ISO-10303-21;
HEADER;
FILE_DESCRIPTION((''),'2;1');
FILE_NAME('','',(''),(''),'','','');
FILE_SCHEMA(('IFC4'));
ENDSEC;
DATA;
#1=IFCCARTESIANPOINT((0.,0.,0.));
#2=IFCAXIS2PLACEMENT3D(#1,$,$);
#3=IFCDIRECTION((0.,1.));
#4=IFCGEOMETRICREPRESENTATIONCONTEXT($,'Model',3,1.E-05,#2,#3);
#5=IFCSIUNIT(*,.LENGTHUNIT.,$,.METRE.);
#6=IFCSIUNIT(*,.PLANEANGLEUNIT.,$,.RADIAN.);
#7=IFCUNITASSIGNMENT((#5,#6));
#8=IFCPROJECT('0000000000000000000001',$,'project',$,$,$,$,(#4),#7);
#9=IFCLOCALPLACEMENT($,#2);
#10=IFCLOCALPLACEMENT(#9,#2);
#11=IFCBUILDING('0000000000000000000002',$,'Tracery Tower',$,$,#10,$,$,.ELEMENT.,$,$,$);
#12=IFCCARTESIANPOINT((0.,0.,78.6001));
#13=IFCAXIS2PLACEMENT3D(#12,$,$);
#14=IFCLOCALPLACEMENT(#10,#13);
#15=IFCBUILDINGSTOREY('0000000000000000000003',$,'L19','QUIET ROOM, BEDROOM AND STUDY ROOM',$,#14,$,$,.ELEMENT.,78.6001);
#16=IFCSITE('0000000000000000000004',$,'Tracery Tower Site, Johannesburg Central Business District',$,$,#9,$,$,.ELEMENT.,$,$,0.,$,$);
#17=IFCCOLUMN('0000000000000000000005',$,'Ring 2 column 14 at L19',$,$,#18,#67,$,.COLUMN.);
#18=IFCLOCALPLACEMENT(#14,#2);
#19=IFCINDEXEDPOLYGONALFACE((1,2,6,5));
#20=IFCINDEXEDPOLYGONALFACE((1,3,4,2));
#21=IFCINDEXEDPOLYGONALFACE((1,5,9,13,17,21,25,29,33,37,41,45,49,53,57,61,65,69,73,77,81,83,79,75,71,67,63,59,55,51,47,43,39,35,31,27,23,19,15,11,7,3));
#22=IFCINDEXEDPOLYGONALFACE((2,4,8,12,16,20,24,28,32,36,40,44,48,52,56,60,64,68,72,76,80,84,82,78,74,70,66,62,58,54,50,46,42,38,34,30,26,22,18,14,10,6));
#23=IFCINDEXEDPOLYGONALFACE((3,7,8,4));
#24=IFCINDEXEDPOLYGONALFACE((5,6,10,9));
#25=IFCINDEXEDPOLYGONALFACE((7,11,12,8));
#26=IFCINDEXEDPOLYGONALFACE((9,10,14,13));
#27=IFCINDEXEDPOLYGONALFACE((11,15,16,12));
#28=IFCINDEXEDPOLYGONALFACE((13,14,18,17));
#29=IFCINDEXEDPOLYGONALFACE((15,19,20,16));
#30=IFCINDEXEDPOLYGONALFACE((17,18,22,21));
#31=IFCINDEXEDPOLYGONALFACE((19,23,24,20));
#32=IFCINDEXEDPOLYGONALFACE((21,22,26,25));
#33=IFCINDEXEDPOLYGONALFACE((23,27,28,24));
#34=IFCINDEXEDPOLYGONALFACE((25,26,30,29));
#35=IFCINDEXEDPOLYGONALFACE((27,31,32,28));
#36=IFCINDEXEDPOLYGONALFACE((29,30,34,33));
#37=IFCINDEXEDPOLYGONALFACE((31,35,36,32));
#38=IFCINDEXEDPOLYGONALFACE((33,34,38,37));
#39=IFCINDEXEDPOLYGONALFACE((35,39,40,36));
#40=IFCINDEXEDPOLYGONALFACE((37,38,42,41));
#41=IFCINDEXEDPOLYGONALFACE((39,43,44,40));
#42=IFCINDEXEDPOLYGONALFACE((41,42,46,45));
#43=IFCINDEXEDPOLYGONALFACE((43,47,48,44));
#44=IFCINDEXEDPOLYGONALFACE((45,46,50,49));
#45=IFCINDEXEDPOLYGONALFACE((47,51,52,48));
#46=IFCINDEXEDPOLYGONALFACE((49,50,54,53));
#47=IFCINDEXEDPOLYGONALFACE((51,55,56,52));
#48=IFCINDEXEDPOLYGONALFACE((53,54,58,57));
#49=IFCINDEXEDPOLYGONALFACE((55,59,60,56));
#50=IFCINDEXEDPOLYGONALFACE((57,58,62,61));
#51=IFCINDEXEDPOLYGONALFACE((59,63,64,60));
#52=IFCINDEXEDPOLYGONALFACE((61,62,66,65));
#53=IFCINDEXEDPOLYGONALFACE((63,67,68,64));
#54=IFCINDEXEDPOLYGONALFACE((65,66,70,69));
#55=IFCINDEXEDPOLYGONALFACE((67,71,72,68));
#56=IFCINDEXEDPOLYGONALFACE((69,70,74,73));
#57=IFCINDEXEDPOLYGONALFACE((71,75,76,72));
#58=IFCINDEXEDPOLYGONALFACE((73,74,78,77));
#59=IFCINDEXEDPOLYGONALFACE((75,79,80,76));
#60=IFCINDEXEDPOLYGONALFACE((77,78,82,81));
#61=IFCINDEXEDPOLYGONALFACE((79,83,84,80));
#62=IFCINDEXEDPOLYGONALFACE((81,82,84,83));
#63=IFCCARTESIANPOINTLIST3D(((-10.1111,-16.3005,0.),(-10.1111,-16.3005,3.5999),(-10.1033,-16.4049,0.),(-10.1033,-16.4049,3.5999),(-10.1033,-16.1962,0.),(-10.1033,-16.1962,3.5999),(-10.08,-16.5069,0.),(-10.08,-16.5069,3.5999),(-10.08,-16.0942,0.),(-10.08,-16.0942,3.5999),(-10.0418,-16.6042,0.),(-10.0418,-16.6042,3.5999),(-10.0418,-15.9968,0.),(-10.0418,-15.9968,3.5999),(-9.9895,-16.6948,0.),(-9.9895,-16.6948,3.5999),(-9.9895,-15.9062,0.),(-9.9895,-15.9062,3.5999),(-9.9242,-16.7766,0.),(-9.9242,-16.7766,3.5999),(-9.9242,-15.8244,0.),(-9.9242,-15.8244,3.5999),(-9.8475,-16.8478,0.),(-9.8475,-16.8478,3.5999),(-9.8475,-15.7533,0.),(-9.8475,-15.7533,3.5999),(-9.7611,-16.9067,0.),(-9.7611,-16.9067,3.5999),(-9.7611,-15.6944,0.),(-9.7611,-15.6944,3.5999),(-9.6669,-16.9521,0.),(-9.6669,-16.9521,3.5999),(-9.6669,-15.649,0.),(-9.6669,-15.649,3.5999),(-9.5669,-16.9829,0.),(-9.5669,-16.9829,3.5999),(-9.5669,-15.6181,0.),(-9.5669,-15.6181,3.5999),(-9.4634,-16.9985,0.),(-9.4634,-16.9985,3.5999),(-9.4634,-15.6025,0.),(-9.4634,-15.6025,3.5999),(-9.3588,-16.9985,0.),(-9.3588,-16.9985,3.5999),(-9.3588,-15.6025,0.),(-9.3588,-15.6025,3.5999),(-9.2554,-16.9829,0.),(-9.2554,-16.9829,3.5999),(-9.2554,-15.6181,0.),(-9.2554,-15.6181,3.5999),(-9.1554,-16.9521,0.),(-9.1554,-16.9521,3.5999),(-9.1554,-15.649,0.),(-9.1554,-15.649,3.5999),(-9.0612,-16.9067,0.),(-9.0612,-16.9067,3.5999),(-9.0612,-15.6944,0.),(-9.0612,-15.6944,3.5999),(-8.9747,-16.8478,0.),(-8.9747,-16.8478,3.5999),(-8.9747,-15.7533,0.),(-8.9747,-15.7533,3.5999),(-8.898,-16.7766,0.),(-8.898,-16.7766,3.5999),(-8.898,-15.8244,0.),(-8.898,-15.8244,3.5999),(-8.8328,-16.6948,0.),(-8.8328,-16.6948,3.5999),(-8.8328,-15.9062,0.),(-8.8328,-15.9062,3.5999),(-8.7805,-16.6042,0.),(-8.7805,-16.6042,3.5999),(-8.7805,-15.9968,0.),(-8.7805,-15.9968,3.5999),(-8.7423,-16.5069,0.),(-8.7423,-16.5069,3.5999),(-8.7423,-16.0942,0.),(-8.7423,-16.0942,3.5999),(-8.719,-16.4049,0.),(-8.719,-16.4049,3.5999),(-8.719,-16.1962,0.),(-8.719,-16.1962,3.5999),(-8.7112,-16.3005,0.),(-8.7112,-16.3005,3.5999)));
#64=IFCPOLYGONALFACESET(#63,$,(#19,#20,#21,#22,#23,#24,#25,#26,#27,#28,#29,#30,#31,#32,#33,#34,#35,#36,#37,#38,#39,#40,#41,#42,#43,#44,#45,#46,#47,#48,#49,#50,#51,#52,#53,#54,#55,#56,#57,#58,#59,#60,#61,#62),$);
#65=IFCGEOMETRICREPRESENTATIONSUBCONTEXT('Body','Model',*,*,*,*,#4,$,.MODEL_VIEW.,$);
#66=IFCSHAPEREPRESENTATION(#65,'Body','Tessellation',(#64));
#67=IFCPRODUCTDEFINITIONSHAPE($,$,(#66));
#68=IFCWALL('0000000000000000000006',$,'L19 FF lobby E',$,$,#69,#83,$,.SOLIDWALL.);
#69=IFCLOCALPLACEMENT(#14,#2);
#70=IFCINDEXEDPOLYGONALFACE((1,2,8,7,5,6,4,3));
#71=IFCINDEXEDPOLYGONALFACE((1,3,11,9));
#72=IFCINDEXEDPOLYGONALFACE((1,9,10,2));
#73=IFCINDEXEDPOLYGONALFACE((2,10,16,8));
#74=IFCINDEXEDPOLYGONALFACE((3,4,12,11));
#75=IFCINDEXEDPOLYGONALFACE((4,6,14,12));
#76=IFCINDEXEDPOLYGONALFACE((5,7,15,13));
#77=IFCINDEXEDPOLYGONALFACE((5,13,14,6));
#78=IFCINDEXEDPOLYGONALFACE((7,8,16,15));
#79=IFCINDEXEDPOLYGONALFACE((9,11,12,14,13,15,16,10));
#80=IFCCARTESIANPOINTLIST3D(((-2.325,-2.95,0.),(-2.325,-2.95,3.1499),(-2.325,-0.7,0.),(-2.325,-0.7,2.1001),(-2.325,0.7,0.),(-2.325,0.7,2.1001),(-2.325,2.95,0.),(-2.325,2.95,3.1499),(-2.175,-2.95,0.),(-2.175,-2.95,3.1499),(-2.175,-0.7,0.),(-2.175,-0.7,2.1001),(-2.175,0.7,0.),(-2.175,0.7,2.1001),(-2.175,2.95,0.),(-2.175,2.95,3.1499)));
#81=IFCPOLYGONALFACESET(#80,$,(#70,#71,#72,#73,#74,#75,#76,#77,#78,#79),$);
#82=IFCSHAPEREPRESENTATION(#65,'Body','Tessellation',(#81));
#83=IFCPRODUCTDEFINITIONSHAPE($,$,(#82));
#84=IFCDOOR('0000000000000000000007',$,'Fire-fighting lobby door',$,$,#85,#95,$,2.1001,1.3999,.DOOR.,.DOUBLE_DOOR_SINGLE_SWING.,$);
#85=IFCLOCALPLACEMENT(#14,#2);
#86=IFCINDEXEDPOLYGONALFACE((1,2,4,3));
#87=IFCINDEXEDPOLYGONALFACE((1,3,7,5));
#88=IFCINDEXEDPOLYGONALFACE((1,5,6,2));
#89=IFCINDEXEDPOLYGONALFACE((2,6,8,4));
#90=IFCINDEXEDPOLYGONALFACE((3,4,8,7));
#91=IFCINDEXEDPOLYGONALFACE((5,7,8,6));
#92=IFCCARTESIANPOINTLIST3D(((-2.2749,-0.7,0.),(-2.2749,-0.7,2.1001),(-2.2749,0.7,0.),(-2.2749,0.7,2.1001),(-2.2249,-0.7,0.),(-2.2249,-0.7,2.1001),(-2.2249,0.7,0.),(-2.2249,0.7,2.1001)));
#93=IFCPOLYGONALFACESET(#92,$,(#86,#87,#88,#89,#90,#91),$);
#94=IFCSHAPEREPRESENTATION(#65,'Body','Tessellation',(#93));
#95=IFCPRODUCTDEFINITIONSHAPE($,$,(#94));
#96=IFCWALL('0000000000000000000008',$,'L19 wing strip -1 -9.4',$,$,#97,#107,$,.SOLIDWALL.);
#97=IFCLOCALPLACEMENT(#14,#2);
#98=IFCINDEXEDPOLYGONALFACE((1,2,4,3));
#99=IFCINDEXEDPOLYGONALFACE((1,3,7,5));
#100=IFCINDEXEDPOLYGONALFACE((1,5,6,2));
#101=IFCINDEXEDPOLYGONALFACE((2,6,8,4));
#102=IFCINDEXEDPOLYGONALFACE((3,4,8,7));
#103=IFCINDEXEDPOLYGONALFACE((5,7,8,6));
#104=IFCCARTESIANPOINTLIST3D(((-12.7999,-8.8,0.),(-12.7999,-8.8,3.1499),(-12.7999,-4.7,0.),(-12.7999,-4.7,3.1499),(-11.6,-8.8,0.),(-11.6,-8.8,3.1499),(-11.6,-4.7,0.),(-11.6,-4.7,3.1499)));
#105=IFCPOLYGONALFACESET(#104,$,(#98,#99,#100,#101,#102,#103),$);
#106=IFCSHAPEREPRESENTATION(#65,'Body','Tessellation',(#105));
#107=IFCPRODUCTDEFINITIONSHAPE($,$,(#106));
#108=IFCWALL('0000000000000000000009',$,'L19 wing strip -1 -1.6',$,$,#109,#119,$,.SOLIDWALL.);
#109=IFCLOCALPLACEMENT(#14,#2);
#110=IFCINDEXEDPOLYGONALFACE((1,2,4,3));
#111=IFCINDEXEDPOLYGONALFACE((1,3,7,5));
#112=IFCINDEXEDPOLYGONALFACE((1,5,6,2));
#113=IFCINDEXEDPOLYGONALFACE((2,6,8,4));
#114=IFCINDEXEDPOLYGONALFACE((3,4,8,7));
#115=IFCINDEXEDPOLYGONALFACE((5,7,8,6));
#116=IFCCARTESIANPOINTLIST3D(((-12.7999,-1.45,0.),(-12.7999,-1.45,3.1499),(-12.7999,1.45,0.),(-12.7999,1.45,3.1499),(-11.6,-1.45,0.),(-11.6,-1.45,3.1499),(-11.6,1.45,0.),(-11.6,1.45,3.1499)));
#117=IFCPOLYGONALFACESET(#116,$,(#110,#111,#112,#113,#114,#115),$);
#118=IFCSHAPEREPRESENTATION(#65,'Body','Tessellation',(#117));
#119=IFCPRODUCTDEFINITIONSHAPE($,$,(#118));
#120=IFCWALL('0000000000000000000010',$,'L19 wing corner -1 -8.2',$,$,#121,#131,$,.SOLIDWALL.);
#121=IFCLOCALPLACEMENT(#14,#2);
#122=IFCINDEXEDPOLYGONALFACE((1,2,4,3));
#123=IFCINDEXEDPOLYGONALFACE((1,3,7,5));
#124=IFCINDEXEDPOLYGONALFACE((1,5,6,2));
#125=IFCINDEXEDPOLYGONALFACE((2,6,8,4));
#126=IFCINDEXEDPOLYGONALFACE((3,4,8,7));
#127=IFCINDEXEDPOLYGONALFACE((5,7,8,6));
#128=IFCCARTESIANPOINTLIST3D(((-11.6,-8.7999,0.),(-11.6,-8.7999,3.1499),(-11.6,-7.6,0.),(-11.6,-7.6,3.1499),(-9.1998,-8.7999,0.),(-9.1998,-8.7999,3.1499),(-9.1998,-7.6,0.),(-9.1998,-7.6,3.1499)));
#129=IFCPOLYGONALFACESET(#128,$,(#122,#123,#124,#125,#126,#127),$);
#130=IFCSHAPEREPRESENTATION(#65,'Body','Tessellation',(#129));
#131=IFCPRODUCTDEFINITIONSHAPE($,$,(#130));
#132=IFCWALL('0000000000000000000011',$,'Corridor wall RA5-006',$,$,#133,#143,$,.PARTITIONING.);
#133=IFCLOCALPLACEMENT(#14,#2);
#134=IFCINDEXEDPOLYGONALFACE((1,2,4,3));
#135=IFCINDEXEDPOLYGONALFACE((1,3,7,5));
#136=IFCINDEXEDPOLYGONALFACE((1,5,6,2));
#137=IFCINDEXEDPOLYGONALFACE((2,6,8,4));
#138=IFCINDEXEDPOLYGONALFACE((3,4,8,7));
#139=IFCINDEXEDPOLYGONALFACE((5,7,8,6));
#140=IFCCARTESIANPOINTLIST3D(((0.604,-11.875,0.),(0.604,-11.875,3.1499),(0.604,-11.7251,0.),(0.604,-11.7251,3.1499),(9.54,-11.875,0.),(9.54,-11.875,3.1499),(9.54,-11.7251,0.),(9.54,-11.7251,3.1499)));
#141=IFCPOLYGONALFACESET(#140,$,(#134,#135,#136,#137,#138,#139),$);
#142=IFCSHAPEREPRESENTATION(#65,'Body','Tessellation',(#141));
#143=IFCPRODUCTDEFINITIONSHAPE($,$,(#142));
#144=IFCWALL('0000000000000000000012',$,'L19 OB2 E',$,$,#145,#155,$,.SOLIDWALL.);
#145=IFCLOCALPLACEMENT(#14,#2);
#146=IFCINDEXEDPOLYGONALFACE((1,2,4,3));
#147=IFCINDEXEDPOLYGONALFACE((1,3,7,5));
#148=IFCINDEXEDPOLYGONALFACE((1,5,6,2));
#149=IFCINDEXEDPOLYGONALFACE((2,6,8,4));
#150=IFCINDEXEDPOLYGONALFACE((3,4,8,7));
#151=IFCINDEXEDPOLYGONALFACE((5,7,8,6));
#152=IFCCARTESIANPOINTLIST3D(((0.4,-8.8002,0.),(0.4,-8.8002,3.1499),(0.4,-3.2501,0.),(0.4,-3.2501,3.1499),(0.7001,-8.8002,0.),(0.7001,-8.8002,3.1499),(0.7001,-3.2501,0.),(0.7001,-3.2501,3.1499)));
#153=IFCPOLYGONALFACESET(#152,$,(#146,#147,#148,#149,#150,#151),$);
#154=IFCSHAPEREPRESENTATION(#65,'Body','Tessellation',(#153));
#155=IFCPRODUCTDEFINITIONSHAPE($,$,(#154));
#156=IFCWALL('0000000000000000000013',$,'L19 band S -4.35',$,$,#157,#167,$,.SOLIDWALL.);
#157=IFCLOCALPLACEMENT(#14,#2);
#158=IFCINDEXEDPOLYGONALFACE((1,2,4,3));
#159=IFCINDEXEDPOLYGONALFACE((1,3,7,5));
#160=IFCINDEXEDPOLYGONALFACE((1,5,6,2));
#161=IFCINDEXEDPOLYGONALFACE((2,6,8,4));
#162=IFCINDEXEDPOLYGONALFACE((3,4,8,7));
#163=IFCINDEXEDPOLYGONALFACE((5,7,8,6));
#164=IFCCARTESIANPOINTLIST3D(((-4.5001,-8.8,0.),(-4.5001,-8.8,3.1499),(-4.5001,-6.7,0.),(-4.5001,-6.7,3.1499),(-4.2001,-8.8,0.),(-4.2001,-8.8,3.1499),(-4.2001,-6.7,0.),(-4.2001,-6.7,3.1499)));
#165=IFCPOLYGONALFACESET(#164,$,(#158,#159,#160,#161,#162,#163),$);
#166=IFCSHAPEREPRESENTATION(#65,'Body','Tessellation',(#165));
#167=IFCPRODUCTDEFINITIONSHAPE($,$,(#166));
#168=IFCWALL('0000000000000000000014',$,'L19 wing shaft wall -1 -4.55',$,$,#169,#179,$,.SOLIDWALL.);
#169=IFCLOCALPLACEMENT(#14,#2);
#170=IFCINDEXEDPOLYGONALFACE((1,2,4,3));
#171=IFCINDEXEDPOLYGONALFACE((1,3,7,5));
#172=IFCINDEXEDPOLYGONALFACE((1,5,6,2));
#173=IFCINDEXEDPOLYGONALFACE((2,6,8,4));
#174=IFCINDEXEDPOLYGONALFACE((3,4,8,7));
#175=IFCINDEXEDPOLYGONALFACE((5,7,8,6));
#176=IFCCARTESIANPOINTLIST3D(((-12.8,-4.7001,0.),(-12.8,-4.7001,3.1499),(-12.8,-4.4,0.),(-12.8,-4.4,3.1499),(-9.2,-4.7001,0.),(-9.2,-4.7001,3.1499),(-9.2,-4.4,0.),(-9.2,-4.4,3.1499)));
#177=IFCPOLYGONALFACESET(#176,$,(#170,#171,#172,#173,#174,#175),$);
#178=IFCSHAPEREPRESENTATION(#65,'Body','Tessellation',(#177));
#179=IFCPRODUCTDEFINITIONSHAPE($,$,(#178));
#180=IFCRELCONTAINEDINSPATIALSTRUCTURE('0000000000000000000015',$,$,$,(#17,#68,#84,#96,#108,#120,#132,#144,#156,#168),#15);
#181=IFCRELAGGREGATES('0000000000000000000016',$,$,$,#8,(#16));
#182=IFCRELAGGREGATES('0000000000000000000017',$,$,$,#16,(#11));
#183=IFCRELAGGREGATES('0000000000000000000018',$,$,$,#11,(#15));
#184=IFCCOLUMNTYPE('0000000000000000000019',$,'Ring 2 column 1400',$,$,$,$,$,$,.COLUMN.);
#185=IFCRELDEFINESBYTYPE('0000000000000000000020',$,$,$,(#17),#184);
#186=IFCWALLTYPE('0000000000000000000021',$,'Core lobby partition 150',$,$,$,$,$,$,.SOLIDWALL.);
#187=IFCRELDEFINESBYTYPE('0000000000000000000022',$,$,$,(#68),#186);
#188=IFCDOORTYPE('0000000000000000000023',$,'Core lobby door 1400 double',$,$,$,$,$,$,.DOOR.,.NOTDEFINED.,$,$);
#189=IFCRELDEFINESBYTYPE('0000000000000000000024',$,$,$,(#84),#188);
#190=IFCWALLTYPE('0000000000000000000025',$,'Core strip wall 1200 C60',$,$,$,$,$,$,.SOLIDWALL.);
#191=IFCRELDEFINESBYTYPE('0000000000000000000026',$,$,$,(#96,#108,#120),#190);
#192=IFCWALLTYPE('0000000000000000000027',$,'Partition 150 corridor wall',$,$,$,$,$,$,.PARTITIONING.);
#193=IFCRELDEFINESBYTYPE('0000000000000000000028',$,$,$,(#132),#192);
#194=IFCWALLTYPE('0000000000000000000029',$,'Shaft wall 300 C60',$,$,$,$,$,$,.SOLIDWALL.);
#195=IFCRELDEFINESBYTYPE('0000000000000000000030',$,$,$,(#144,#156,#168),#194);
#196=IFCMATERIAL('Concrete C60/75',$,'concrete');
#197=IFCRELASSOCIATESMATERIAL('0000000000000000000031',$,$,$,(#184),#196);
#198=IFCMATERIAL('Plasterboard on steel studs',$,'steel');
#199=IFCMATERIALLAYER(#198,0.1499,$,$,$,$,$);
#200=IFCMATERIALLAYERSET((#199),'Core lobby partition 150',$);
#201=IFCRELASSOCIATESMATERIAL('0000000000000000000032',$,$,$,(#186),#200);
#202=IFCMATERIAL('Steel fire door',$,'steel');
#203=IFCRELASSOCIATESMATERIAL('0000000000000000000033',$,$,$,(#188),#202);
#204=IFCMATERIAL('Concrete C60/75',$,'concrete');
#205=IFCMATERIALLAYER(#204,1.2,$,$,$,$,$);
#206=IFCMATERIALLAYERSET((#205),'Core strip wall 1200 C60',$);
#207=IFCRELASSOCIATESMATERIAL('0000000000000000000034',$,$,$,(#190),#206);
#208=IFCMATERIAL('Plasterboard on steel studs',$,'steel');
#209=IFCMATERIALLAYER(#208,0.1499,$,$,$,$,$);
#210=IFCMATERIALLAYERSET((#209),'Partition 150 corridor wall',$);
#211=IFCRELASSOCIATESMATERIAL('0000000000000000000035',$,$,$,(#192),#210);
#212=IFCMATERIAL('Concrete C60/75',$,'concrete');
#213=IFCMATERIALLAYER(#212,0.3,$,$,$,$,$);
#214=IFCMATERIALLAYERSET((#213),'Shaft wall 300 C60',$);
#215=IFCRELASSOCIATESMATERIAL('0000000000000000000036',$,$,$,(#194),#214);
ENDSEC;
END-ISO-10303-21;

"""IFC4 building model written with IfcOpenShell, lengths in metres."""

from ifc_helpers import new_model, si_unit, direction, frame, frame_2d, origin, origin_2d, place, context, subcontext, project, spatial, rectangle, circle, extrude, material, layer, layer_set, material_profile, profile_set, type_object, element, fill, save


model = new_model("IFC4")

# Units and contexts
model_context = context("Model", 3, precision=1e-05, world=origin(), true_north=direction((0.0, 1.0)))
body_context = subcontext(model_context, "Body", "Model", "MODEL_VIEW")
ifc_project = project(units=[si_unit("LENGTHUNIT", "METRE"), si_unit("PLANEANGLEUNIT", "RADIAN")], contexts=[model_context])

# Site, building, storey
site_placement = place(None, origin())
site = spatial("IfcSite", under=ifc_project, at=site_placement, Name="Tracery Tower Site, Johannesburg Central Business District", CompositionType="ELEMENT", RefElevation=0.0)
building_placement = place(site_placement, origin())
building = spatial("IfcBuilding", under=site, at=building_placement, Name="Tracery Tower", CompositionType="ELEMENT")
storey_placement = place(building_placement, frame((0.0, 0.0, 78.6001)))
storey = spatial("IfcBuildingStorey", under=building, at=storey_placement, Name="L19", Description="QUIET ROOM, BEDROOM AND STUDY ROOM", CompositionType="ELEMENT", Elevation=78.6001)

# Column
ifc_material_1 = material(Name="Concrete C60/75", Category="concrete")
ifc_material_profile = material_profile(ifc_material_1, circle(Radius=0.7, at=origin_2d()), Name="RC D1400")
ifc_profile_set = profile_set([ifc_material_profile], Name="Concrete C60/75")
column_type = type_object("IfcColumnType", Name="Ring 2 column 1400", PredefinedType="COLUMN", material=ifc_profile_set)
column_placement = place(storey_placement, frame((-9.4111, -16.3005, 0.0), z_axis=(0.0, 0.0, 1.0), x_axis=(1.0, 0.0, 0.0)))
element("IfcColumn", 1, at=column_placement, inside=storey, type_object=column_type, Name="Ring 2 column 14 at L19", PredefinedType="COLUMN", context=body_context, shape_type="SweptSolid", body=[
    extrude(circle(Radius=0.7, at=origin_2d()), origin(), (0.0, 0.0, 1.0), 3.5999),
])

# Wall, opening, door
ifc_material_2 = material(Name="Plasterboard on steel studs", Category="steel")
ifc_layer_1 = layer(ifc_material_2, 0.1499)
ifc_layer_set_1 = layer_set([ifc_layer_1], Name="Core lobby partition 150")
wall_type_1 = type_object("IfcWallType", Name="Core lobby partition 150", PredefinedType="SOLIDWALL", material=ifc_layer_set_1)
wall_1_placement = place(storey_placement, frame((-2.25, -2.95, 0.0), z_axis=(0.0, 0.0, 1.0), x_axis=(0.0, 1.0, 0.0)))
wall_1 = element("IfcWall", 2, at=wall_1_placement, inside=storey, type_object=wall_type_1, Name="L19 FF lobby E", PredefinedType="SOLIDWALL", context=body_context, shape_type="SweptSolid", body=[
    extrude(rectangle(XDim=5.8999, YDim=0.1499, at=frame_2d((2.95, 0.0))), origin(), (0.0, 0.0, 1.0), 3.1499),
])
opening_1_placement = place(wall_1_placement, frame((2.25, 0.0, 0.0)))
opening_1 = element("IfcOpeningElement", 3, at=opening_1_placement, cuts=wall_1, PredefinedType="OPENING", context=body_context, shape_type="SweptSolid", body=[
    extrude(rectangle(XDim=1.3999, YDim=2.1001, at=frame_2d((0.7, 1.05))), frame((0.0, 0.075, 0.0), z_axis=(0.0, -1.0, 0.0), x_axis=(1.0, 0.0, 0.0)), (0.0, 0.0, 1.0), 0.1499),
])
ifc_material_3 = material(Name="Steel fire door", Category="steel")
door_type_1 = type_object("IfcDoorType", Name="Core lobby door 1400 double", OperationType="NOTDEFINED", PredefinedType="DOOR", material=ifc_material_3)
door_1_placement = place(opening_1_placement, origin())
door_1 = element("IfcDoor", 4, at=door_1_placement, inside=storey, type_object=door_type_1, Name="Fire-fighting lobby door", OperationType="DOUBLE_DOOR_SINGLE_SWING", OverallHeight=2.1001, OverallWidth=1.3999, PredefinedType="DOOR", context=body_context, shape_type="SweptSolid", body=[
    extrude(rectangle(XDim=1.3999, YDim=2.1001, at=frame_2d((0.7, 1.05))), frame((0.0, 0.0249, 0.0), z_axis=(0.0, -1.0, 0.0), x_axis=(1.0, 0.0, 0.0)), (0.0, 0.0, 1.0), 0.05),
])
fill(opening_1, door_1)

# Walls
ifc_material_4 = material(Name="Concrete C60/75", Category="concrete")
ifc_layer_2 = layer(ifc_material_4, 1.2)
ifc_layer_set_2 = layer_set([ifc_layer_2], Name="Core strip wall 1200 C60")
wall_type_2 = type_object("IfcWallType", Name="Core strip wall 1200 C60", PredefinedType="SOLIDWALL", material=ifc_layer_set_2)
wall_2_placement = place(storey_placement, frame((-12.2, -8.8, 0.0), z_axis=(0.0, 0.0, 1.0), x_axis=(0.0, 1.0, 0.0)))
element("IfcWall", 5, at=wall_2_placement, inside=storey, type_object=wall_type_2, Name="L19 wing strip -1 -9.4", PredefinedType="SOLIDWALL", context=body_context, shape_type="SweptSolid", body=[
    extrude(rectangle(XDim=4.1001, YDim=1.2, at=frame_2d((2.05, 0.0))), origin(), (0.0, 0.0, 1.0), 3.1499),
])
wall_3_placement = place(storey_placement, frame((-12.2, -1.45, 0.0), z_axis=(0.0, 0.0, 1.0), x_axis=(0.0, 1.0, 0.0)))
element("IfcWall", 6, at=wall_3_placement, inside=storey, type_object=wall_type_2, Name="L19 wing strip -1 -1.6", PredefinedType="SOLIDWALL", context=body_context, shape_type="SweptSolid", body=[
    extrude(rectangle(XDim=2.8999, YDim=1.2, at=frame_2d((1.45, 0.0))), origin(), (0.0, 0.0, 1.0), 3.1499),
])
wall_4_placement = place(storey_placement, frame((-11.6001, -8.2, 0.0), z_axis=(0.0, 0.0, 1.0), x_axis=(1.0, 0.0, 0.0)))
element("IfcWall", 7, at=wall_4_placement, inside=storey, type_object=wall_type_2, Name="L19 wing corner -1 -8.2", PredefinedType="SOLIDWALL", context=body_context, shape_type="SweptSolid", body=[
    extrude(rectangle(XDim=2.4001, YDim=1.2, at=frame_2d((1.2002, 0.0))), origin(), (0.0, 0.0, 1.0), 3.1499),
])

# Wall
ifc_material_5 = material(Name="Plasterboard on steel studs", Category="steel")
ifc_layer_3 = layer(ifc_material_5, 0.1499)
ifc_layer_set_3 = layer_set([ifc_layer_3], Name="Partition 150 corridor wall")
wall_type_3 = type_object("IfcWallType", Name="Partition 150 corridor wall", PredefinedType="PARTITIONING", material=ifc_layer_set_3)
wall_5_placement = place(storey_placement, frame((0.604, -11.8, 0.0), z_axis=(0.0, 0.0, 1.0), x_axis=(1.0, 0.0, 0.0)))
element("IfcWall", 8, at=wall_5_placement, inside=storey, type_object=wall_type_3, Name="Corridor wall RA5-006", PredefinedType="PARTITIONING", context=body_context, shape_type="SweptSolid", body=[
    extrude(rectangle(XDim=8.936, YDim=0.1499, at=frame_2d((4.468, 0.0))), origin(), (0.0, 0.0, 1.0), 3.1499),
])

# Shared definitions
ifc_material_6 = material(Name="Concrete C60/75", Category="concrete")
ifc_layer_4 = layer(ifc_material_6, 0.3)
ifc_layer_set_4 = layer_set([ifc_layer_4], Name="Shaft wall 300 C60")
wall_type_4 = type_object("IfcWallType", Name="Shaft wall 300 C60", PredefinedType="SOLIDWALL", material=ifc_layer_set_4)

# Walls
wall_6_placement = place(storey_placement, frame((0.55, -8.8, 0.0), z_axis=(0.0, 0.0, 1.0), x_axis=(0.0, 1.0, 0.0)))
element("IfcWall", 9, at=wall_6_placement, inside=storey, type_object=wall_type_4, Name="L19 OB2 E", PredefinedType="SOLIDWALL", context=body_context, shape_type="SweptSolid", body=[
    extrude(rectangle(XDim=5.55, YDim=0.3, at=frame_2d((2.7749, 0.0))), origin(), (0.0, 0.0, 1.0), 3.1499),
])
wall_7_placement = place(storey_placement, frame((-4.3501, -8.8, 0.0), z_axis=(0.0, 0.0, 1.0), x_axis=(0.0, 1.0, 0.0)))
element("IfcWall", 10, at=wall_7_placement, inside=storey, type_object=wall_type_4, Name="L19 band S -4.35", PredefinedType="SOLIDWALL", context=body_context, shape_type="SweptSolid", body=[
    extrude(rectangle(XDim=2.1001, YDim=0.3, at=frame_2d((1.05, 0.0))), origin(), (0.0, 0.0, 1.0), 3.1499),
])
for number, where, z_axis, x_axis, name in (
    (11, (-12.8, -4.55, 0.0), (0.0, 0.0, 1.0), (1.0, 0.0, 0.0), "L19 wing shaft wall -1 -4.55"),
):
    element("IfcWall", number, at=place(storey_placement, frame(where, z_axis=z_axis, x_axis=x_axis)), inside=storey, type_object=wall_type_4, Name=name, PredefinedType="SOLIDWALL", context=body_context, shape_type="SweptSolid", body=[
        extrude(rectangle(XDim=3.6001, YDim=0.3, at=frame_2d((1.8, 0.0))), origin(), (0.0, 0.0, 1.0), 3.1499),
    ])

save(model, "model.ifc")
